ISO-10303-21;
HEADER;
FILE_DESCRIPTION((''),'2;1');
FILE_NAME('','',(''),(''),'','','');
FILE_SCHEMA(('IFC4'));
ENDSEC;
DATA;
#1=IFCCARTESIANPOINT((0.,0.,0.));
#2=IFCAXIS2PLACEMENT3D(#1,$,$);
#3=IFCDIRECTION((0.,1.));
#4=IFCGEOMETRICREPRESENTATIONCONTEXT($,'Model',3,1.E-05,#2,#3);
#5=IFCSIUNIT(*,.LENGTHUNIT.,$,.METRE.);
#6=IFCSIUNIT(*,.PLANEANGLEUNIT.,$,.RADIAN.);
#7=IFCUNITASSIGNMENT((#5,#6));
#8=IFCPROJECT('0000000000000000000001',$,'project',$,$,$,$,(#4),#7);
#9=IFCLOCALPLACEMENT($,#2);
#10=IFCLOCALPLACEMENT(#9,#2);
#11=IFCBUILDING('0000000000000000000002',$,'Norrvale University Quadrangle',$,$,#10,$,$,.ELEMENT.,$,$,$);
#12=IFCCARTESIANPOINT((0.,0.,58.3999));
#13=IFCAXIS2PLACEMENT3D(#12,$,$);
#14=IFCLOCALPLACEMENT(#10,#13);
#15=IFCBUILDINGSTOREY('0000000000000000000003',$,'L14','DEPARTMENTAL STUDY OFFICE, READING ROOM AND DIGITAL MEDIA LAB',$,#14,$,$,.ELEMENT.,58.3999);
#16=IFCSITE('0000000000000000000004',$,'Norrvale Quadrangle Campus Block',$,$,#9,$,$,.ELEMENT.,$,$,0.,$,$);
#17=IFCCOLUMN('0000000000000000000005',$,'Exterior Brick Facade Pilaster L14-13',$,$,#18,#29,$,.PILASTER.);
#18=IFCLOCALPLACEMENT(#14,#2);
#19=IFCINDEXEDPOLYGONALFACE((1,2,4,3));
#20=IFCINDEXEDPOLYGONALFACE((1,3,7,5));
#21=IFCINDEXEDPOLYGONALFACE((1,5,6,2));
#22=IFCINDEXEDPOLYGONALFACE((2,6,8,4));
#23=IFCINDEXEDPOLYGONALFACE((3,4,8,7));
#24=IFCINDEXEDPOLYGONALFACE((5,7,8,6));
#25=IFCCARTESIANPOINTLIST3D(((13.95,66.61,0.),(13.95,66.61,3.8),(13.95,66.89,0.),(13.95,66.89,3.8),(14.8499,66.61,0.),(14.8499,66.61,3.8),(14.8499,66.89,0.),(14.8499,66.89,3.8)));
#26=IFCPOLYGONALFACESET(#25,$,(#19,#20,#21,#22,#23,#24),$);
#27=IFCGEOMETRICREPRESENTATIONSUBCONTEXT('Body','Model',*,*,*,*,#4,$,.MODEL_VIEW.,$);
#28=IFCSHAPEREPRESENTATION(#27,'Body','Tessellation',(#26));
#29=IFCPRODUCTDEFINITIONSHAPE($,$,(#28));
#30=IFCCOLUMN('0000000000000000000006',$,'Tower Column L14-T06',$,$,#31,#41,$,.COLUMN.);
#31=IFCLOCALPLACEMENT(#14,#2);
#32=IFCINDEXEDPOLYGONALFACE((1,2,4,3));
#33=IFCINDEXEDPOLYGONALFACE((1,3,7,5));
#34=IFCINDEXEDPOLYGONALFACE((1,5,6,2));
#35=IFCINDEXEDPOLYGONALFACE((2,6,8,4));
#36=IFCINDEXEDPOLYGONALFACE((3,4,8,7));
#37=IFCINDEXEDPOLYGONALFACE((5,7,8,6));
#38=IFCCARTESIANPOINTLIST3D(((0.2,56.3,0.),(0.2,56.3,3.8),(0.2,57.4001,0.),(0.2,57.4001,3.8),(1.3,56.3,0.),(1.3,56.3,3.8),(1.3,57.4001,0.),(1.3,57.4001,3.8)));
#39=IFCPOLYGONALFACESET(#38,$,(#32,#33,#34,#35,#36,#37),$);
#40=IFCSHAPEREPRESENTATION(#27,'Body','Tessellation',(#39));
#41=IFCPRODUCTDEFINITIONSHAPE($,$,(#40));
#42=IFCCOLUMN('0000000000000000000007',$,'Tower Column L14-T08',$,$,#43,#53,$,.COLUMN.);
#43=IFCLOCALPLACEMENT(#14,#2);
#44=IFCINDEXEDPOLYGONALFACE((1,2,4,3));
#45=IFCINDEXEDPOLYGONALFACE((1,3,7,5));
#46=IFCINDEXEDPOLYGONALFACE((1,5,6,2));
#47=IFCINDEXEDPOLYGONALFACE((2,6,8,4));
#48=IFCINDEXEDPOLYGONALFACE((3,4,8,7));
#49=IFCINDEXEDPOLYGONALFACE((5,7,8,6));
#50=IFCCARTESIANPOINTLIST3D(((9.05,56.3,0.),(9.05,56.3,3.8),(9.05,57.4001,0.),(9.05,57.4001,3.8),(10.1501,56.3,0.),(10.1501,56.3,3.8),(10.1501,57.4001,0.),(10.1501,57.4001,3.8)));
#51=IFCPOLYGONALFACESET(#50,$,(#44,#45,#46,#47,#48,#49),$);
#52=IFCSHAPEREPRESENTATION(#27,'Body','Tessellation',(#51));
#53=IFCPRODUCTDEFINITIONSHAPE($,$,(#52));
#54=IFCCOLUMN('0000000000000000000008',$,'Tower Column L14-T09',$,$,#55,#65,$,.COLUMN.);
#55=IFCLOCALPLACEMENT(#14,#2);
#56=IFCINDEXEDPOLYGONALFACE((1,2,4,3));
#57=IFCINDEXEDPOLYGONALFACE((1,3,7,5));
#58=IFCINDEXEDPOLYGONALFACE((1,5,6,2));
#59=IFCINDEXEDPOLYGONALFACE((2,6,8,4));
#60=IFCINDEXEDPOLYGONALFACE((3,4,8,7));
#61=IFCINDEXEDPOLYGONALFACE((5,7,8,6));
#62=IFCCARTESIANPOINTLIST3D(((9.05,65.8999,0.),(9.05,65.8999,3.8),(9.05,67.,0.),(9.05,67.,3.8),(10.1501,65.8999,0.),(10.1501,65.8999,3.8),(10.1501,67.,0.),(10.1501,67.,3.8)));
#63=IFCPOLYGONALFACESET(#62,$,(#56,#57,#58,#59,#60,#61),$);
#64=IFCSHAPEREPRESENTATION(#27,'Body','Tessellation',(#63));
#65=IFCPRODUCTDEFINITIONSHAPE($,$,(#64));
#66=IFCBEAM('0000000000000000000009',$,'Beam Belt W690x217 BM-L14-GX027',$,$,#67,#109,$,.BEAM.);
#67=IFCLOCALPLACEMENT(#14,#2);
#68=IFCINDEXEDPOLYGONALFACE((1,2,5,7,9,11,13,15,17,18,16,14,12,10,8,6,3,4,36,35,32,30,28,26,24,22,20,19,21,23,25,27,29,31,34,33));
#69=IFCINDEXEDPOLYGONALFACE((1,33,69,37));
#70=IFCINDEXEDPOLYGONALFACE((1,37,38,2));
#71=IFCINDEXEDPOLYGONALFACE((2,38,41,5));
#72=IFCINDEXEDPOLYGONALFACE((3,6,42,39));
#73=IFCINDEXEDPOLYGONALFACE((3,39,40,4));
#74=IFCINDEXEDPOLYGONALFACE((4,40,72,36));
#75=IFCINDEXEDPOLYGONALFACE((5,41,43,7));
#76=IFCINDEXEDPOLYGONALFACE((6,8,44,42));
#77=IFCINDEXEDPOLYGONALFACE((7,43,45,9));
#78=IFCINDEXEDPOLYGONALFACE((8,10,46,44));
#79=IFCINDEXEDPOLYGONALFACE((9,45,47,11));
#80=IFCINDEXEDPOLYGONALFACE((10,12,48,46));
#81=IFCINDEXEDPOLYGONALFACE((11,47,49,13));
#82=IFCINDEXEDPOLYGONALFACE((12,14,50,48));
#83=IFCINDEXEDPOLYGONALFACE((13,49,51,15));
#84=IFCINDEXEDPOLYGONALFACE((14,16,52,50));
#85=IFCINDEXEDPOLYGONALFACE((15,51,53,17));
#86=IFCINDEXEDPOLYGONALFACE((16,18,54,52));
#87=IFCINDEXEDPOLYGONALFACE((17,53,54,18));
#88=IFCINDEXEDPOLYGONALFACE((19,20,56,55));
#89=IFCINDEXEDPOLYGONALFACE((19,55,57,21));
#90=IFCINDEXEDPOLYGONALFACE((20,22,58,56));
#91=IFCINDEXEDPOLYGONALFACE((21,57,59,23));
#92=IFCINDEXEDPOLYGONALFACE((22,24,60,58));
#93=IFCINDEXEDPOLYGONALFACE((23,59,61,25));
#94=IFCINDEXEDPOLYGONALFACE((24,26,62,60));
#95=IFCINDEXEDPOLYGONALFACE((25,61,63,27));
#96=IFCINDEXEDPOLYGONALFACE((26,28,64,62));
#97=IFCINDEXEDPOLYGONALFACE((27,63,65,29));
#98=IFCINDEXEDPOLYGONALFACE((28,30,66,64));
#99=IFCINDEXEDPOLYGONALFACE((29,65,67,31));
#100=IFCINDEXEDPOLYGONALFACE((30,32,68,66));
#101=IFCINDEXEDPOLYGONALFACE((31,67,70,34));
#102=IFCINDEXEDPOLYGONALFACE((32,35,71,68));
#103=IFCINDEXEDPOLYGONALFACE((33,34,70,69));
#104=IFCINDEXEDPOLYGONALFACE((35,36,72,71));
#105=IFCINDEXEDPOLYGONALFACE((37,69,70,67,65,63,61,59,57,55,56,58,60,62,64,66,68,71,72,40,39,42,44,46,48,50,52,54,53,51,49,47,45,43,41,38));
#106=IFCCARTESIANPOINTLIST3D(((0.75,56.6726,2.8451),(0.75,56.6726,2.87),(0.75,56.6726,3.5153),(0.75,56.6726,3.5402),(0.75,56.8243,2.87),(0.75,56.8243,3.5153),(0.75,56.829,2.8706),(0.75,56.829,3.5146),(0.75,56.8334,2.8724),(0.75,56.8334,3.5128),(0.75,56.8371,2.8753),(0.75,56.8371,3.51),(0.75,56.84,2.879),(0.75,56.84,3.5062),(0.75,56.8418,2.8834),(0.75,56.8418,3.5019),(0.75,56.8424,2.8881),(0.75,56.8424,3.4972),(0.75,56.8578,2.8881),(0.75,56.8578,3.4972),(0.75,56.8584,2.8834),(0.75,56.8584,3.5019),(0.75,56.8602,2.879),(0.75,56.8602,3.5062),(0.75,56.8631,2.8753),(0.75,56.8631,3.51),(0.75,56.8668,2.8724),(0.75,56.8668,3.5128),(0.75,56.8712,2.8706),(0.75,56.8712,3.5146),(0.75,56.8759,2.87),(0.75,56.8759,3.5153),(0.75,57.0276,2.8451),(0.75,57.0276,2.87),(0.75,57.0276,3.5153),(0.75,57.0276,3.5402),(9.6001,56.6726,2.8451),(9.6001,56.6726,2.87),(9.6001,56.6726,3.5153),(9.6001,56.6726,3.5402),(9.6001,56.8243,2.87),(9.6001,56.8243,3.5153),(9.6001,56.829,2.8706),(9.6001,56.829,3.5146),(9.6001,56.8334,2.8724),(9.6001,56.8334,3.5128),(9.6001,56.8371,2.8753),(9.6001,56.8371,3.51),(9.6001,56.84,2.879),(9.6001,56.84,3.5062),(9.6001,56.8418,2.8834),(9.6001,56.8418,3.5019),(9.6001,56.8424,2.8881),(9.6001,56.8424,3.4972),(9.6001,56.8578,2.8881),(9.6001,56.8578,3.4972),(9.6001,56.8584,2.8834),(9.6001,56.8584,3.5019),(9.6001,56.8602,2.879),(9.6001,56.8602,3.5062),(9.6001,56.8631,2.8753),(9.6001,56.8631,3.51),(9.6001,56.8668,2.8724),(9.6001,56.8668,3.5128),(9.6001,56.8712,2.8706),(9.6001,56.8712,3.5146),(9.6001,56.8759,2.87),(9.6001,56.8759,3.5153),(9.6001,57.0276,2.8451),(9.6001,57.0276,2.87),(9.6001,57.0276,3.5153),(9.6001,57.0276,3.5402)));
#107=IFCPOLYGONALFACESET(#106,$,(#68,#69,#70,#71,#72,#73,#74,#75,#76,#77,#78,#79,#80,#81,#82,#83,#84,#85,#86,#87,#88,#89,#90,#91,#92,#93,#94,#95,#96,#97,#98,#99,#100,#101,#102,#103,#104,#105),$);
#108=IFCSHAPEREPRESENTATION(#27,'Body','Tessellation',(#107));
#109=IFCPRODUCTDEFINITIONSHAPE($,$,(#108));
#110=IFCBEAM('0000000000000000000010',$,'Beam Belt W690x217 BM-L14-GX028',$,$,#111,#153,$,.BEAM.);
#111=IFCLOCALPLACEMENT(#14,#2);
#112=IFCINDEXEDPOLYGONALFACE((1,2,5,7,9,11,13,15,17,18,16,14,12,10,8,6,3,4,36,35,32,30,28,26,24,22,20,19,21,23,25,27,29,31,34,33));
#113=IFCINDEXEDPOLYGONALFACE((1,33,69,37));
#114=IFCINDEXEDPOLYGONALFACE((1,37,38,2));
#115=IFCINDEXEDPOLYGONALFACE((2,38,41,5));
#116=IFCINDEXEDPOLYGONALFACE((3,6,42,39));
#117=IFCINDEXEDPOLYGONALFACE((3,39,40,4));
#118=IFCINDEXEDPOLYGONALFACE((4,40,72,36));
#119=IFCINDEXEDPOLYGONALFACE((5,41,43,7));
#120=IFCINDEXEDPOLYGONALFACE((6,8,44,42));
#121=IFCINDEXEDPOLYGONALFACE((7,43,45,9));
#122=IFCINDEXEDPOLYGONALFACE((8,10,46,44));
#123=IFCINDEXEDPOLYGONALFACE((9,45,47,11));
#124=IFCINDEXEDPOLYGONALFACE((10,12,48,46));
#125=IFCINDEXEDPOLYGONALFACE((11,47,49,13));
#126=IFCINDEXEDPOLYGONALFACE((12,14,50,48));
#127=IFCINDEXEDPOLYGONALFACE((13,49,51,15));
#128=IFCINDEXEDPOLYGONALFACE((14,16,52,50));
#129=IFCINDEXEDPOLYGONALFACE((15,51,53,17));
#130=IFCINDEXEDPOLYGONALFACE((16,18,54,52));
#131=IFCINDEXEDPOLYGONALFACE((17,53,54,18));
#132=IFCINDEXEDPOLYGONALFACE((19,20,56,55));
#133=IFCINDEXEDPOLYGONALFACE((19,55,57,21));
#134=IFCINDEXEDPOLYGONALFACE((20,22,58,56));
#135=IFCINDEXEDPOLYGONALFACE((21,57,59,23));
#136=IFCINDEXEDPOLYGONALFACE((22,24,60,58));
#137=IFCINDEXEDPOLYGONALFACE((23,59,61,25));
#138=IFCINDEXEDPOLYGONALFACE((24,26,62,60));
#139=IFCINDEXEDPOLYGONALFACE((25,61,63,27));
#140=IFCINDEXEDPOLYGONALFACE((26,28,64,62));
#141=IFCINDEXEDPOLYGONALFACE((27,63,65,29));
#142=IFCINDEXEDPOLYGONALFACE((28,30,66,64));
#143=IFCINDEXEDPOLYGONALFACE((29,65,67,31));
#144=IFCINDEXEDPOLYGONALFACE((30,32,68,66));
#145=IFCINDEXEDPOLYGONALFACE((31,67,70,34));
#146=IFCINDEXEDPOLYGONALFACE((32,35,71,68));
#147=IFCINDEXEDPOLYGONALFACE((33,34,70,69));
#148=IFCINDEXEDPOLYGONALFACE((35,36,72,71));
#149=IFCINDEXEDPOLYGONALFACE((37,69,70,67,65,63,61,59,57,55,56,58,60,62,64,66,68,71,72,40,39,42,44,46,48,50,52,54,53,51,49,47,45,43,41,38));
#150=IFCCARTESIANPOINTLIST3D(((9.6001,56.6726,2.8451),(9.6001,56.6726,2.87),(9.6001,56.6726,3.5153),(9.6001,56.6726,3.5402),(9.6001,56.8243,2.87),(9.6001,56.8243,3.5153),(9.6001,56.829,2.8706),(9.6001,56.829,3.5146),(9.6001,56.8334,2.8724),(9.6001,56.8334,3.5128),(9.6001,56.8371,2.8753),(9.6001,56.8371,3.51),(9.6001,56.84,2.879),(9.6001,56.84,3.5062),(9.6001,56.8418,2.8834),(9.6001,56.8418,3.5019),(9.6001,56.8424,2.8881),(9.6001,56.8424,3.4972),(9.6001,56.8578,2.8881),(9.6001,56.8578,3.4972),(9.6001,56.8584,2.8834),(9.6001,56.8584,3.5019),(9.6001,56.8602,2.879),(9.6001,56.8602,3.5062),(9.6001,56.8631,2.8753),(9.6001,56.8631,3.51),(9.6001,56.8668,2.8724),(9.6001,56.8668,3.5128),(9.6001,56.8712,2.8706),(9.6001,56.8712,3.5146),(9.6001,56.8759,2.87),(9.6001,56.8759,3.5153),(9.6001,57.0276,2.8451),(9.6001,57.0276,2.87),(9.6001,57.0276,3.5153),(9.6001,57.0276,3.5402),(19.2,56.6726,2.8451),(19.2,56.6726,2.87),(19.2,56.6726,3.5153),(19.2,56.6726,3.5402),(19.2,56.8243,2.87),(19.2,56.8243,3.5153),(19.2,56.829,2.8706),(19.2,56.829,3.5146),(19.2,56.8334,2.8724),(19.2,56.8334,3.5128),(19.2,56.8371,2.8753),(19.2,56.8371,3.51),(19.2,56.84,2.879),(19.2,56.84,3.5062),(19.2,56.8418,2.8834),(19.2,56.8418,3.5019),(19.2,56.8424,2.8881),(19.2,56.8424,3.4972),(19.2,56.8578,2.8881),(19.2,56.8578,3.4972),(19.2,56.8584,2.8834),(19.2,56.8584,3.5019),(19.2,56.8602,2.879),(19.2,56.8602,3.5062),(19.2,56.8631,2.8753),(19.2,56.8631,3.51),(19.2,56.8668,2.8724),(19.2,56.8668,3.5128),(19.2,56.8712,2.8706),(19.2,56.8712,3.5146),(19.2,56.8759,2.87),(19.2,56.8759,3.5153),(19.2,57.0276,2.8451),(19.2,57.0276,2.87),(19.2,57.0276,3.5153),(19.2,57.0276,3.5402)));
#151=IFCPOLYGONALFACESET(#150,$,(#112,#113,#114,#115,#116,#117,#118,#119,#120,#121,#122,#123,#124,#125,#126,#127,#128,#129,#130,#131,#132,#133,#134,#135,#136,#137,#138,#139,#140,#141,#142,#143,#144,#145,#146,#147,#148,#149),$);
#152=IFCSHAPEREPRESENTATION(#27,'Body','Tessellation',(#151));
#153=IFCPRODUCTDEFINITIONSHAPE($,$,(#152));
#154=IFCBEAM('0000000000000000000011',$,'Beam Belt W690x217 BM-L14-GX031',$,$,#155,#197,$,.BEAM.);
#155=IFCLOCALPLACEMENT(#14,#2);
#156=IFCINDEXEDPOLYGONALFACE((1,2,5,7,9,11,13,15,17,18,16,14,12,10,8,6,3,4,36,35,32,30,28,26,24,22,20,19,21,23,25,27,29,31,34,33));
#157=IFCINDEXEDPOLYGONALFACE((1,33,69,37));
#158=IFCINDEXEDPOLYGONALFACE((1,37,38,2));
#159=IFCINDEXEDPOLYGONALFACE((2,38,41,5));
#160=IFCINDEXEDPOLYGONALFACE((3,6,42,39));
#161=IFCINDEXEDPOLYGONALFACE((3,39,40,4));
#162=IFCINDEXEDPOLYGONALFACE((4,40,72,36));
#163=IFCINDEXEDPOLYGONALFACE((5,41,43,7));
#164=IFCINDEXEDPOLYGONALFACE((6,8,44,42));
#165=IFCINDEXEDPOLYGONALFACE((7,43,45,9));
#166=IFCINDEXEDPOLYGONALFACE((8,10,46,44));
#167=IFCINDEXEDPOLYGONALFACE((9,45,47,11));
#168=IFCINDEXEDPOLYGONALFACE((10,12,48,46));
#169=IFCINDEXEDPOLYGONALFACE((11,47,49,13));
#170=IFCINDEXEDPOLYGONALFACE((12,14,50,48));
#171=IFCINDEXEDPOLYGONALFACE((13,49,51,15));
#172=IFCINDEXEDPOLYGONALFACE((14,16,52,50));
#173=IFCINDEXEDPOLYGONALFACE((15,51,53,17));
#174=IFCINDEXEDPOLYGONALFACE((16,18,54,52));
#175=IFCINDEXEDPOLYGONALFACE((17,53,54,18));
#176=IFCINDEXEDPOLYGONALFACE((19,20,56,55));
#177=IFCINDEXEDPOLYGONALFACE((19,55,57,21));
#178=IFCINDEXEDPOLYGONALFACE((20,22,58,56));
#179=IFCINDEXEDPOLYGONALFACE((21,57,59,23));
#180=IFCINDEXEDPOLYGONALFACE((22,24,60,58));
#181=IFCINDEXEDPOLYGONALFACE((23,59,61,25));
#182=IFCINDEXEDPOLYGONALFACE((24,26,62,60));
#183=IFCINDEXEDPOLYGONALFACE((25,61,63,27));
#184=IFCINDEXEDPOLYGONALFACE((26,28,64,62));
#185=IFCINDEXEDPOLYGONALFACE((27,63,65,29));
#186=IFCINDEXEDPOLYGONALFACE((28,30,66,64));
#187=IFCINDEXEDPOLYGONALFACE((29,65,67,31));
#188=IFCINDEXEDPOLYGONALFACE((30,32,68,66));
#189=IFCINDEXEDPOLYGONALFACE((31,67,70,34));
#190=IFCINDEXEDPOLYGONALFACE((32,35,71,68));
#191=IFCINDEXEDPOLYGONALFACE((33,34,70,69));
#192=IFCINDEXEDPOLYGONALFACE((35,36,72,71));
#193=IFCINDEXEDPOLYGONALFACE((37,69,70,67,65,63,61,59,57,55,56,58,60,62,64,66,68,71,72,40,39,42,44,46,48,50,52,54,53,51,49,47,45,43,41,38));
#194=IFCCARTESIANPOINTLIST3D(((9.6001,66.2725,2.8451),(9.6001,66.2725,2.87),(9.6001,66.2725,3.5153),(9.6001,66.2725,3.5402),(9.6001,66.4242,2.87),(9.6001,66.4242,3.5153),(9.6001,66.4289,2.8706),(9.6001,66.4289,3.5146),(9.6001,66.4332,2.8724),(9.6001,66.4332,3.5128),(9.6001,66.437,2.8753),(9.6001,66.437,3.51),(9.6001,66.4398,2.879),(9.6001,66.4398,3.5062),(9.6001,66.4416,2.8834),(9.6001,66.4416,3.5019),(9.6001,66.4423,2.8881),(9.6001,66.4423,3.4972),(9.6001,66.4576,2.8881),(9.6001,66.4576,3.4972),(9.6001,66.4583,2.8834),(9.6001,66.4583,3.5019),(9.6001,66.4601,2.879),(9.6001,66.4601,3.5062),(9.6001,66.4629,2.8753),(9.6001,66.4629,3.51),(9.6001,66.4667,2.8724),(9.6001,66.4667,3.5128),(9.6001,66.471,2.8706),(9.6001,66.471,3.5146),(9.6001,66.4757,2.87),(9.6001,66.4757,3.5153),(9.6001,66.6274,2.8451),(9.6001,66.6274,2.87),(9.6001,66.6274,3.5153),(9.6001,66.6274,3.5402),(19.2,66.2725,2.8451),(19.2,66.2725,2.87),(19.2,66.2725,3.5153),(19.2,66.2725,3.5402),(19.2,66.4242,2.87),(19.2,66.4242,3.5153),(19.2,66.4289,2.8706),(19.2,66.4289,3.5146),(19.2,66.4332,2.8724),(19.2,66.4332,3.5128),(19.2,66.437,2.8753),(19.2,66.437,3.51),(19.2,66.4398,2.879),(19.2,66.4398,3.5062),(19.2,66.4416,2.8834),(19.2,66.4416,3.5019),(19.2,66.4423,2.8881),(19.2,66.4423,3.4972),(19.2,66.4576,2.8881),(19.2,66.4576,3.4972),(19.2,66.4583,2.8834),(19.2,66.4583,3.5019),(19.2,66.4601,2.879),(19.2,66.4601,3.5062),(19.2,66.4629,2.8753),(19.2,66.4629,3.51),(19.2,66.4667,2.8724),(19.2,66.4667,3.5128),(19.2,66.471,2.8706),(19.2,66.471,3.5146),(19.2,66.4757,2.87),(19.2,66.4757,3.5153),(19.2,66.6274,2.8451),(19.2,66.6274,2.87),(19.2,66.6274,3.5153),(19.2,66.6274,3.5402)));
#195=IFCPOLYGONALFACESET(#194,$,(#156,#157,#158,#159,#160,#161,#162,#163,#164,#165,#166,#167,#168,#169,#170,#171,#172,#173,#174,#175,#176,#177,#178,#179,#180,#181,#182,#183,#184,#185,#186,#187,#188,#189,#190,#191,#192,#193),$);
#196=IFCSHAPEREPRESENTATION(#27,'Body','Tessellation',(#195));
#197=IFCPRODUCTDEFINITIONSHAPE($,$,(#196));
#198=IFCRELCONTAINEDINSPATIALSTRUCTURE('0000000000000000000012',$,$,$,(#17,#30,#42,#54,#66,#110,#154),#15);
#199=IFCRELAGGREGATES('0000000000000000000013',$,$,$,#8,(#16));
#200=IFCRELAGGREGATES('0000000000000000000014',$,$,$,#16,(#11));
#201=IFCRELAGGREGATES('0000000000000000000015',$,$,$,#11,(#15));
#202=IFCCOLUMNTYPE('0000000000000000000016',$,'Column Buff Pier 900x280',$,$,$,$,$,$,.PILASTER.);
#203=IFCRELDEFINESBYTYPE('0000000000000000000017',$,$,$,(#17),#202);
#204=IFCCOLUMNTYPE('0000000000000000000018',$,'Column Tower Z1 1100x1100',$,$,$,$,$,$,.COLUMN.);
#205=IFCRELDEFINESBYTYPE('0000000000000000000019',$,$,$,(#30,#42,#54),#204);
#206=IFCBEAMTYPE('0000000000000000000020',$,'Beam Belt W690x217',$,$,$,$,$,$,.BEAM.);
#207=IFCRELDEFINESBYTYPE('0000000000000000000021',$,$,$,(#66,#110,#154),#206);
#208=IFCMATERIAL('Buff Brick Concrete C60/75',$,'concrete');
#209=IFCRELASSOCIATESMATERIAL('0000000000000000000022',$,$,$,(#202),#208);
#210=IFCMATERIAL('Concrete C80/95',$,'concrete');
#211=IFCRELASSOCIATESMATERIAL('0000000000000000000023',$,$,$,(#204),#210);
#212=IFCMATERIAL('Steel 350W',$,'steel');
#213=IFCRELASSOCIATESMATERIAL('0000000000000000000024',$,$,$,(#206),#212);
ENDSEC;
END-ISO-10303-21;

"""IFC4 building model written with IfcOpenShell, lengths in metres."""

from ifc_helpers import new_model, si_unit, direction, frame, origin, origin_2d, place, context, subcontext, project, spatial, rectangle, i_section, extrude, material, material_profile, profile_set, type_object, element, save


model = new_model("IFC4")

# Units and contexts
model_context = context("Model", 3, precision=1e-05, world=origin(), true_north=direction((0.0, 1.0)))
body_context = subcontext(model_context, "Body", "Model", "MODEL_VIEW")
ifc_project = project(units=[si_unit("LENGTHUNIT", "METRE"), si_unit("PLANEANGLEUNIT", "RADIAN")], contexts=[model_context])

# Site, building, storey
site_placement = place(None, origin())
site = spatial("IfcSite", under=ifc_project, at=site_placement, Name="Norrvale Quadrangle Campus Block", CompositionType="ELEMENT", RefElevation=0.0)
building_placement = place(site_placement, origin())
building = spatial("IfcBuilding", under=site, at=building_placement, Name="Norrvale University Quadrangle", CompositionType="ELEMENT")
storey_placement = place(building_placement, frame((0.0, 0.0, 58.3999)))
storey = spatial("IfcBuildingStorey", under=building, at=storey_placement, Name="L14", Description="DEPARTMENTAL STUDY OFFICE, READING ROOM AND DIGITAL MEDIA LAB", CompositionType="ELEMENT", Elevation=58.3999)

# Columns
ifc_material_1 = material(Name="Buff Brick Concrete C60/75", Category="concrete")
ifc_material_profile_1 = material_profile(ifc_material_1, rectangle(XDim=0.8999, YDim=0.28, at=origin_2d()), Name="Buff Brick Concrete C60/75")
ifc_profile_set_1 = profile_set([ifc_material_profile_1], Name="Buff Brick Concrete C60/75")
column_type_1 = type_object("IfcColumnType", Name="Column Buff Pier 900x280", PredefinedType="PILASTER", material=ifc_profile_set_1)
column_placement = place(storey_placement, frame((14.3999, 66.75, 0.0), z_axis=(0.0, 0.0, 1.0), x_axis=(1.0, 0.0, 0.0)))
element("IfcColumn", 1, at=column_placement, inside=storey, type_object=column_type_1, Name="Exterior Brick Facade Pilaster L14-13", PredefinedType="PILASTER", context=body_context, shape_type="SweptSolid", body=[
    extrude(rectangle(XDim=0.8999, YDim=0.28, at=origin_2d()), origin(), (0.0, 0.0, 1.0), 3.8),
])
ifc_material_2 = material(Name="Concrete C80/95", Category="concrete")
ifc_material_profile_2 = material_profile(ifc_material_2, rectangle(XDim=1.1001, YDim=1.1001, at=origin_2d()), Name="Concrete C80/95")
ifc_profile_set_2 = profile_set([ifc_material_profile_2], Name="Concrete C80/95")
column_type_2 = type_object("IfcColumnType", Name="Column Tower Z1 1100x1100", PredefinedType="COLUMN", material=ifc_profile_set_2)
for number, where, z_axis, x_axis, name in (
    (2, (0.75, 56.8501, 0.0), (0.0, 0.0, 1.0), (1.0, 0.0, 0.0), "Tower Column L14-T06"),
    (3, (9.6001, 56.8501, 0.0), (0.0, 0.0, 1.0), (1.0, 0.0, 0.0), "Tower Column L14-T08"),
    (4, (9.6001, 66.45, 0.0), (0.0, 0.0, 1.0), (1.0, 0.0, 0.0), "Tower Column L14-T09"),
):
    element("IfcColumn", number, at=place(storey_placement, frame(where, z_axis=z_axis, x_axis=x_axis)), inside=storey, type_object=column_type_2, Name=name, PredefinedType="COLUMN", context=body_context, shape_type="SweptSolid", body=[
        extrude(rectangle(XDim=1.1001, YDim=1.1001, at=origin_2d()), origin(), (0.0, 0.0, 1.0), 3.8),
    ])

# Beams
ifc_material_3 = material(Name="Steel 350W", Category="steel")
ifc_material_profile_3 = material_profile(ifc_material_3, i_section(OverallWidth=0.355, OverallDepth=0.6951, WebThickness=0.0154, FlangeThickness=0.0249, FilletRadius=0.0181, at=origin_2d()), Name="Steel 350W")
ifc_profile_set_3 = profile_set([ifc_material_profile_3], Name="Steel 350W")
beam_type_1 = type_object("IfcBeamType", Name="Beam Belt W690x217", PredefinedType="BEAM", material=ifc_profile_set_3)
beam_1_placement = place(storey_placement, frame((0.75, 56.8501, 3.1926), z_axis=(1.0, 0.0, 0.0), x_axis=(0.0, 1.0, 0.0)))
element("IfcBeam", 5, at=beam_1_placement, inside=storey, type_object=beam_type_1, Name="Beam Belt W690x217 BM-L14-GX027", PredefinedType="BEAM", context=body_context, shape_type="SweptSolid", body=[
    extrude(i_section(OverallWidth=0.355, OverallDepth=0.6951, WebThickness=0.0154, FlangeThickness=0.0249, FilletRadius=0.0181, at=origin_2d()), origin(), (0.0, 0.0, 1.0), 8.8501),
])
for number, where, z_axis, x_axis, name in (
    (6, (9.6001, 56.8501, 3.1926), (1.0, 0.0, 0.0), (0.0, 1.0, 0.0), "Beam Belt W690x217 BM-L14-GX028"),
    (7, (9.6001, 66.45, 3.1926), (1.0, 0.0, 0.0), (0.0, 1.0, 0.0), "Beam Belt W690x217 BM-L14-GX031"),
):
    element("IfcBeam", number, at=place(storey_placement, frame(where, z_axis=z_axis, x_axis=x_axis)), inside=storey, type_object=beam_type_1, Name=name, PredefinedType="BEAM", context=body_context, shape_type="SweptSolid", body=[
        extrude(i_section(OverallWidth=0.355, OverallDepth=0.6951, WebThickness=0.0154, FlangeThickness=0.0249, FilletRadius=0.0181, at=origin_2d()), origin(), (0.0, 0.0, 1.0), 9.5999),
    ])

save(model, "model.ifc")
